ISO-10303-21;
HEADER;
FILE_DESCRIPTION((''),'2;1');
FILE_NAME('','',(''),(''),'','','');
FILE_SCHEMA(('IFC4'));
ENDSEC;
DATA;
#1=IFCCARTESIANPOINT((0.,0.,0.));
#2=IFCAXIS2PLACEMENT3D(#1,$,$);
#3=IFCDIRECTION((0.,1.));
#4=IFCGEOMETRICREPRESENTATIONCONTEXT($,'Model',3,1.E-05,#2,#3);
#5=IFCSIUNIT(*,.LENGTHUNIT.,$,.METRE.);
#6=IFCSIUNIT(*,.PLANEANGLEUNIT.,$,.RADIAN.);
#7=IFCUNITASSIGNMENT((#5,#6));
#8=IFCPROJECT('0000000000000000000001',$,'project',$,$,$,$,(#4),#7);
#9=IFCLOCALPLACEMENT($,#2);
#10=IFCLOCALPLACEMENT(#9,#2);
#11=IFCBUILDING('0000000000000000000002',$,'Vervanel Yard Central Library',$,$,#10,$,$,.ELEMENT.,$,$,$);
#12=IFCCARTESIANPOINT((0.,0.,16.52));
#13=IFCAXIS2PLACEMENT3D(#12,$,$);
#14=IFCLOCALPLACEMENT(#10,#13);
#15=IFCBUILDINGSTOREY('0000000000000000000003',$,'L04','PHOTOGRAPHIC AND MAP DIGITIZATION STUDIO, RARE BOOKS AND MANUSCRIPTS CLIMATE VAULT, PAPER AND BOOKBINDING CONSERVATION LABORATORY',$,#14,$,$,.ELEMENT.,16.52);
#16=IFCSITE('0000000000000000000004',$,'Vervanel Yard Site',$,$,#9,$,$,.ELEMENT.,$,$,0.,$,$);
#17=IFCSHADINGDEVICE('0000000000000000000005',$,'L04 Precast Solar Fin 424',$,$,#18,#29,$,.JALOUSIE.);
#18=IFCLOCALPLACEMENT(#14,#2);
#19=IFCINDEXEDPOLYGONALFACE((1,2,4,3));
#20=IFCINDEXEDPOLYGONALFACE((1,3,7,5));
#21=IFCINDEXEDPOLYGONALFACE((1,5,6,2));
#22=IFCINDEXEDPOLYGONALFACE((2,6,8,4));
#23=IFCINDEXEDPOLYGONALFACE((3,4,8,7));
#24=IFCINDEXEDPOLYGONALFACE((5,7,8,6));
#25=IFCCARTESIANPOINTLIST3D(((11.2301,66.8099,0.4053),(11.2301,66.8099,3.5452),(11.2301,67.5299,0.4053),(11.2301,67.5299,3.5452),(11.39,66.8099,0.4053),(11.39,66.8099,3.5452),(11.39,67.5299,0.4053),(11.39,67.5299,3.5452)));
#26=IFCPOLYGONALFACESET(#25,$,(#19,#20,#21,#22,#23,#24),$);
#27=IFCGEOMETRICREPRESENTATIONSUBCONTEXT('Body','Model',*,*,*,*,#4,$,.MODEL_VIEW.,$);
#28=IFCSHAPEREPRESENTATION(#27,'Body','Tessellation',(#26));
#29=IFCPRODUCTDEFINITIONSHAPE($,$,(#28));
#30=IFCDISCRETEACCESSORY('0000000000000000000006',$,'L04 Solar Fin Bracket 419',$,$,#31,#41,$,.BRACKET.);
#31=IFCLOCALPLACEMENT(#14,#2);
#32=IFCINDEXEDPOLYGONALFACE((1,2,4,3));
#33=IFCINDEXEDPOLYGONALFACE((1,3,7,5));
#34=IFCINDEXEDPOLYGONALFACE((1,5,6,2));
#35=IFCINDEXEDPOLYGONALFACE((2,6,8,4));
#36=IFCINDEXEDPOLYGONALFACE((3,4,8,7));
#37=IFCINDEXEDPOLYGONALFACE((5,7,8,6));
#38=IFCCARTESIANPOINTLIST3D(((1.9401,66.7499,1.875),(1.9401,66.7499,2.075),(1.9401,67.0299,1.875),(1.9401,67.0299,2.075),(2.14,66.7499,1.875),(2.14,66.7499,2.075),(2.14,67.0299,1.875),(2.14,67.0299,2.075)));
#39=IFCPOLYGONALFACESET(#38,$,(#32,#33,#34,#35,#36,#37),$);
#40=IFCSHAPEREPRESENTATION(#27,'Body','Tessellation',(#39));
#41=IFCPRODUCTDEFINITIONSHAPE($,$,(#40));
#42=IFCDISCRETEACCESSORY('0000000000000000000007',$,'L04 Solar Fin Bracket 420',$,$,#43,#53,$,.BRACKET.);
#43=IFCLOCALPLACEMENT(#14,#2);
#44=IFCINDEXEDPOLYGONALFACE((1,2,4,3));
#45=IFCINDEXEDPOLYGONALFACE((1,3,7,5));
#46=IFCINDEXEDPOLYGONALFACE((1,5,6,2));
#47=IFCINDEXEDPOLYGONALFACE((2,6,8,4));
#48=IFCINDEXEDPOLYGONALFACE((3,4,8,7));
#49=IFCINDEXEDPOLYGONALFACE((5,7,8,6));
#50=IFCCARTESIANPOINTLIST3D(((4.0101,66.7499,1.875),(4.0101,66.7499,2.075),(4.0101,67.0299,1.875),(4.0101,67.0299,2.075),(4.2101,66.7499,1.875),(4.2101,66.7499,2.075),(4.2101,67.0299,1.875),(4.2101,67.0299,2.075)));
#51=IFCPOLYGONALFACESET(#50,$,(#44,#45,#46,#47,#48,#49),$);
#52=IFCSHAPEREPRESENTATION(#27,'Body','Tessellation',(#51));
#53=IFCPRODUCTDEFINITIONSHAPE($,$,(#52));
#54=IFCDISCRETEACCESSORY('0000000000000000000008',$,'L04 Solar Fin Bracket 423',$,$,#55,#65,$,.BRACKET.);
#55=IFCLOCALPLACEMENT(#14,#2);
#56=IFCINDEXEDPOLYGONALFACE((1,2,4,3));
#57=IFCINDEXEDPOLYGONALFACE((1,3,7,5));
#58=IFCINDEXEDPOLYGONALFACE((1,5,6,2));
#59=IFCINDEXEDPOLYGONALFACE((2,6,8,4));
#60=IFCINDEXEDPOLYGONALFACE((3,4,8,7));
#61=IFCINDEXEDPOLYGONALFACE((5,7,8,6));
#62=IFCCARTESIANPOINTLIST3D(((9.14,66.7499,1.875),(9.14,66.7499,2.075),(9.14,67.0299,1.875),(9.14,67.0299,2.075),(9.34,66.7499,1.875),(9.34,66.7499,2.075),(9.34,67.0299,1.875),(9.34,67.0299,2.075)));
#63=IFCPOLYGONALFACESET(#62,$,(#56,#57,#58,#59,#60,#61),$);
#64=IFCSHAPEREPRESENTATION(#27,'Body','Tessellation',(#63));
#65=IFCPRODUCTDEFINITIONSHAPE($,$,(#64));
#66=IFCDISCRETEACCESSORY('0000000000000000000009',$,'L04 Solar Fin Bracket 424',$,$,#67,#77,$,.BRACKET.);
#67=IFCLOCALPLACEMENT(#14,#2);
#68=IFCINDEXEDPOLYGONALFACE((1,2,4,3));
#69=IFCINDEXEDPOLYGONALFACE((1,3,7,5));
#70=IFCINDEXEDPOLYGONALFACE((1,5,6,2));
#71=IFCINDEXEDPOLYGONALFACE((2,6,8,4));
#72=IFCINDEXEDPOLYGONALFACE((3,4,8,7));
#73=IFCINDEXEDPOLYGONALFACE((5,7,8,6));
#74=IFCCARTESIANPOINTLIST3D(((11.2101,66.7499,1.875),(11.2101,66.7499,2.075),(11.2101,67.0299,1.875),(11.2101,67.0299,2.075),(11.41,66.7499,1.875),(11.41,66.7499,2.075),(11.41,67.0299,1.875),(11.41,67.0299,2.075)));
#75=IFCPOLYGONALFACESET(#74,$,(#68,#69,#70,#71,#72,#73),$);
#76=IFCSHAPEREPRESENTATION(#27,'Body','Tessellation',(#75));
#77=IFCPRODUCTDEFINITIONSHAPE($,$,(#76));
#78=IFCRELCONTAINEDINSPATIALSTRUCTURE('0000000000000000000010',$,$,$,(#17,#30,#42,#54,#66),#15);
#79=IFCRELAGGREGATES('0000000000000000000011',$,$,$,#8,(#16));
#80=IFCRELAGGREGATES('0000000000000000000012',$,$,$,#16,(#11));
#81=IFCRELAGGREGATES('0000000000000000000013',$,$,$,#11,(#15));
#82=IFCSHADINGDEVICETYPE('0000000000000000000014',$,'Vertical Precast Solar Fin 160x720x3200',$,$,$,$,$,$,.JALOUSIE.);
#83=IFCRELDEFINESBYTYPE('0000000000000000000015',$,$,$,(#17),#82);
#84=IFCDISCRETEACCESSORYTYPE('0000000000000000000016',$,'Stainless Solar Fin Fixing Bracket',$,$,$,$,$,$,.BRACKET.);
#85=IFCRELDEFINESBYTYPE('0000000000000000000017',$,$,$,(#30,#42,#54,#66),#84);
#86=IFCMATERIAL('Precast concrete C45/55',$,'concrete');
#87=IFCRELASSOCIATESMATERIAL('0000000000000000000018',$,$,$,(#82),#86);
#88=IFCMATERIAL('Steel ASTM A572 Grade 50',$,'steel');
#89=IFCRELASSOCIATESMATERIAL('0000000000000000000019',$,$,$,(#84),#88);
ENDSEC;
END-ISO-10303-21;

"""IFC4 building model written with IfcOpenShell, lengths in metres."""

from ifc_helpers import new_model, si_unit, direction, frame, origin, origin_2d, place, context, subcontext, project, spatial, rectangle, extrude, material, type_object, element, save


model = new_model("IFC4")

# Units and contexts
model_context = context("Model", 3, precision=1e-05, world=origin(), true_north=direction((0.0, 1.0)))
body_context = subcontext(model_context, "Body", "Model", "MODEL_VIEW")
ifc_project = project(units=[si_unit("LENGTHUNIT", "METRE"), si_unit("PLANEANGLEUNIT", "RADIAN")], contexts=[model_context])

# Site, building, storey
site_placement = place(None, origin())
site = spatial("IfcSite", under=ifc_project, at=site_placement, Name="Vervanel Yard Site", CompositionType="ELEMENT", RefElevation=0.0)
building_placement = place(site_placement, origin())
building = spatial("IfcBuilding", under=site, at=building_placement, Name="Vervanel Yard Central Library", CompositionType="ELEMENT")
storey_placement = place(building_placement, frame((0.0, 0.0, 16.52)))
storey = spatial("IfcBuildingStorey", under=building, at=storey_placement, Name="L04", Description="PHOTOGRAPHIC AND MAP DIGITIZATION STUDIO, RARE BOOKS AND MANUSCRIPTS CLIMATE VAULT, PAPER AND BOOKBINDING CONSERVATION LABORATORY", CompositionType="ELEMENT", Elevation=16.52)

# Shared definitions
ifc_material_1 = material(Name="Precast concrete C45/55", Category="concrete")

# Shading device
shading_device_type = type_object("IfcShadingDeviceType", Name="Vertical Precast Solar Fin 160x720x3200", PredefinedType="JALOUSIE", material=ifc_material_1)
for number, where, z_axis, x_axis, name in (
    (1, (11.3101, 67.1699, 0.4053), (0.0, 0.0, 1.0), (1.0, 0.0, 0.0), "L04 Precast Solar Fin 424"),
):
    element("IfcShadingDevice", number, at=place(storey_placement, frame(where, z_axis=z_axis, x_axis=x_axis)), inside=storey, type_object=shading_device_type, Name=name, PredefinedType="JALOUSIE", context=body_context, shape_type="SweptSolid", body=[
        extrude(rectangle(XDim=0.1599, YDim=0.72, at=origin_2d()), origin(), (0.0, 0.0, 1.0), 3.1399),
    ])

# Discrete accessories
ifc_material_2 = material(Name="Steel ASTM A572 Grade 50", Category="steel")
discrete_accessory_type = type_object("IfcDiscreteAccessoryType", Name="Stainless Solar Fin Fixing Bracket", PredefinedType="BRACKET", material=ifc_material_2)
for number, where, z_axis, x_axis, name in (
    (2, (2.04, 66.8899, 1.875), (0.0, 0.0, 1.0), (1.0, 0.0, 0.0), "L04 Solar Fin Bracket 419"),
    (3, (4.1101, 66.8899, 1.875), (0.0, 0.0, 1.0), (1.0, 0.0, 0.0), "L04 Solar Fin Bracket 420"),
    (4, (9.24, 66.8899, 1.875), (0.0, 0.0, 1.0), (1.0, 0.0, 0.0), "L04 Solar Fin Bracket 423"),
    (5, (11.3101, 66.8899, 1.875), (0.0, 0.0, 1.0), (1.0, 0.0, 0.0), "L04 Solar Fin Bracket 424"),
):
    element("IfcDiscreteAccessory", number, at=place(storey_placement, frame(where, z_axis=z_axis, x_axis=x_axis)), inside=storey, type_object=discrete_accessory_type, Name=name, PredefinedType="BRACKET", context=body_context, shape_type="SweptSolid", body=[
        extrude(rectangle(XDim=0.2, YDim=0.28, at=origin_2d()), origin(), (0.0, 0.0, 1.0), 0.2),
    ])

save(model, "model.ifc")
